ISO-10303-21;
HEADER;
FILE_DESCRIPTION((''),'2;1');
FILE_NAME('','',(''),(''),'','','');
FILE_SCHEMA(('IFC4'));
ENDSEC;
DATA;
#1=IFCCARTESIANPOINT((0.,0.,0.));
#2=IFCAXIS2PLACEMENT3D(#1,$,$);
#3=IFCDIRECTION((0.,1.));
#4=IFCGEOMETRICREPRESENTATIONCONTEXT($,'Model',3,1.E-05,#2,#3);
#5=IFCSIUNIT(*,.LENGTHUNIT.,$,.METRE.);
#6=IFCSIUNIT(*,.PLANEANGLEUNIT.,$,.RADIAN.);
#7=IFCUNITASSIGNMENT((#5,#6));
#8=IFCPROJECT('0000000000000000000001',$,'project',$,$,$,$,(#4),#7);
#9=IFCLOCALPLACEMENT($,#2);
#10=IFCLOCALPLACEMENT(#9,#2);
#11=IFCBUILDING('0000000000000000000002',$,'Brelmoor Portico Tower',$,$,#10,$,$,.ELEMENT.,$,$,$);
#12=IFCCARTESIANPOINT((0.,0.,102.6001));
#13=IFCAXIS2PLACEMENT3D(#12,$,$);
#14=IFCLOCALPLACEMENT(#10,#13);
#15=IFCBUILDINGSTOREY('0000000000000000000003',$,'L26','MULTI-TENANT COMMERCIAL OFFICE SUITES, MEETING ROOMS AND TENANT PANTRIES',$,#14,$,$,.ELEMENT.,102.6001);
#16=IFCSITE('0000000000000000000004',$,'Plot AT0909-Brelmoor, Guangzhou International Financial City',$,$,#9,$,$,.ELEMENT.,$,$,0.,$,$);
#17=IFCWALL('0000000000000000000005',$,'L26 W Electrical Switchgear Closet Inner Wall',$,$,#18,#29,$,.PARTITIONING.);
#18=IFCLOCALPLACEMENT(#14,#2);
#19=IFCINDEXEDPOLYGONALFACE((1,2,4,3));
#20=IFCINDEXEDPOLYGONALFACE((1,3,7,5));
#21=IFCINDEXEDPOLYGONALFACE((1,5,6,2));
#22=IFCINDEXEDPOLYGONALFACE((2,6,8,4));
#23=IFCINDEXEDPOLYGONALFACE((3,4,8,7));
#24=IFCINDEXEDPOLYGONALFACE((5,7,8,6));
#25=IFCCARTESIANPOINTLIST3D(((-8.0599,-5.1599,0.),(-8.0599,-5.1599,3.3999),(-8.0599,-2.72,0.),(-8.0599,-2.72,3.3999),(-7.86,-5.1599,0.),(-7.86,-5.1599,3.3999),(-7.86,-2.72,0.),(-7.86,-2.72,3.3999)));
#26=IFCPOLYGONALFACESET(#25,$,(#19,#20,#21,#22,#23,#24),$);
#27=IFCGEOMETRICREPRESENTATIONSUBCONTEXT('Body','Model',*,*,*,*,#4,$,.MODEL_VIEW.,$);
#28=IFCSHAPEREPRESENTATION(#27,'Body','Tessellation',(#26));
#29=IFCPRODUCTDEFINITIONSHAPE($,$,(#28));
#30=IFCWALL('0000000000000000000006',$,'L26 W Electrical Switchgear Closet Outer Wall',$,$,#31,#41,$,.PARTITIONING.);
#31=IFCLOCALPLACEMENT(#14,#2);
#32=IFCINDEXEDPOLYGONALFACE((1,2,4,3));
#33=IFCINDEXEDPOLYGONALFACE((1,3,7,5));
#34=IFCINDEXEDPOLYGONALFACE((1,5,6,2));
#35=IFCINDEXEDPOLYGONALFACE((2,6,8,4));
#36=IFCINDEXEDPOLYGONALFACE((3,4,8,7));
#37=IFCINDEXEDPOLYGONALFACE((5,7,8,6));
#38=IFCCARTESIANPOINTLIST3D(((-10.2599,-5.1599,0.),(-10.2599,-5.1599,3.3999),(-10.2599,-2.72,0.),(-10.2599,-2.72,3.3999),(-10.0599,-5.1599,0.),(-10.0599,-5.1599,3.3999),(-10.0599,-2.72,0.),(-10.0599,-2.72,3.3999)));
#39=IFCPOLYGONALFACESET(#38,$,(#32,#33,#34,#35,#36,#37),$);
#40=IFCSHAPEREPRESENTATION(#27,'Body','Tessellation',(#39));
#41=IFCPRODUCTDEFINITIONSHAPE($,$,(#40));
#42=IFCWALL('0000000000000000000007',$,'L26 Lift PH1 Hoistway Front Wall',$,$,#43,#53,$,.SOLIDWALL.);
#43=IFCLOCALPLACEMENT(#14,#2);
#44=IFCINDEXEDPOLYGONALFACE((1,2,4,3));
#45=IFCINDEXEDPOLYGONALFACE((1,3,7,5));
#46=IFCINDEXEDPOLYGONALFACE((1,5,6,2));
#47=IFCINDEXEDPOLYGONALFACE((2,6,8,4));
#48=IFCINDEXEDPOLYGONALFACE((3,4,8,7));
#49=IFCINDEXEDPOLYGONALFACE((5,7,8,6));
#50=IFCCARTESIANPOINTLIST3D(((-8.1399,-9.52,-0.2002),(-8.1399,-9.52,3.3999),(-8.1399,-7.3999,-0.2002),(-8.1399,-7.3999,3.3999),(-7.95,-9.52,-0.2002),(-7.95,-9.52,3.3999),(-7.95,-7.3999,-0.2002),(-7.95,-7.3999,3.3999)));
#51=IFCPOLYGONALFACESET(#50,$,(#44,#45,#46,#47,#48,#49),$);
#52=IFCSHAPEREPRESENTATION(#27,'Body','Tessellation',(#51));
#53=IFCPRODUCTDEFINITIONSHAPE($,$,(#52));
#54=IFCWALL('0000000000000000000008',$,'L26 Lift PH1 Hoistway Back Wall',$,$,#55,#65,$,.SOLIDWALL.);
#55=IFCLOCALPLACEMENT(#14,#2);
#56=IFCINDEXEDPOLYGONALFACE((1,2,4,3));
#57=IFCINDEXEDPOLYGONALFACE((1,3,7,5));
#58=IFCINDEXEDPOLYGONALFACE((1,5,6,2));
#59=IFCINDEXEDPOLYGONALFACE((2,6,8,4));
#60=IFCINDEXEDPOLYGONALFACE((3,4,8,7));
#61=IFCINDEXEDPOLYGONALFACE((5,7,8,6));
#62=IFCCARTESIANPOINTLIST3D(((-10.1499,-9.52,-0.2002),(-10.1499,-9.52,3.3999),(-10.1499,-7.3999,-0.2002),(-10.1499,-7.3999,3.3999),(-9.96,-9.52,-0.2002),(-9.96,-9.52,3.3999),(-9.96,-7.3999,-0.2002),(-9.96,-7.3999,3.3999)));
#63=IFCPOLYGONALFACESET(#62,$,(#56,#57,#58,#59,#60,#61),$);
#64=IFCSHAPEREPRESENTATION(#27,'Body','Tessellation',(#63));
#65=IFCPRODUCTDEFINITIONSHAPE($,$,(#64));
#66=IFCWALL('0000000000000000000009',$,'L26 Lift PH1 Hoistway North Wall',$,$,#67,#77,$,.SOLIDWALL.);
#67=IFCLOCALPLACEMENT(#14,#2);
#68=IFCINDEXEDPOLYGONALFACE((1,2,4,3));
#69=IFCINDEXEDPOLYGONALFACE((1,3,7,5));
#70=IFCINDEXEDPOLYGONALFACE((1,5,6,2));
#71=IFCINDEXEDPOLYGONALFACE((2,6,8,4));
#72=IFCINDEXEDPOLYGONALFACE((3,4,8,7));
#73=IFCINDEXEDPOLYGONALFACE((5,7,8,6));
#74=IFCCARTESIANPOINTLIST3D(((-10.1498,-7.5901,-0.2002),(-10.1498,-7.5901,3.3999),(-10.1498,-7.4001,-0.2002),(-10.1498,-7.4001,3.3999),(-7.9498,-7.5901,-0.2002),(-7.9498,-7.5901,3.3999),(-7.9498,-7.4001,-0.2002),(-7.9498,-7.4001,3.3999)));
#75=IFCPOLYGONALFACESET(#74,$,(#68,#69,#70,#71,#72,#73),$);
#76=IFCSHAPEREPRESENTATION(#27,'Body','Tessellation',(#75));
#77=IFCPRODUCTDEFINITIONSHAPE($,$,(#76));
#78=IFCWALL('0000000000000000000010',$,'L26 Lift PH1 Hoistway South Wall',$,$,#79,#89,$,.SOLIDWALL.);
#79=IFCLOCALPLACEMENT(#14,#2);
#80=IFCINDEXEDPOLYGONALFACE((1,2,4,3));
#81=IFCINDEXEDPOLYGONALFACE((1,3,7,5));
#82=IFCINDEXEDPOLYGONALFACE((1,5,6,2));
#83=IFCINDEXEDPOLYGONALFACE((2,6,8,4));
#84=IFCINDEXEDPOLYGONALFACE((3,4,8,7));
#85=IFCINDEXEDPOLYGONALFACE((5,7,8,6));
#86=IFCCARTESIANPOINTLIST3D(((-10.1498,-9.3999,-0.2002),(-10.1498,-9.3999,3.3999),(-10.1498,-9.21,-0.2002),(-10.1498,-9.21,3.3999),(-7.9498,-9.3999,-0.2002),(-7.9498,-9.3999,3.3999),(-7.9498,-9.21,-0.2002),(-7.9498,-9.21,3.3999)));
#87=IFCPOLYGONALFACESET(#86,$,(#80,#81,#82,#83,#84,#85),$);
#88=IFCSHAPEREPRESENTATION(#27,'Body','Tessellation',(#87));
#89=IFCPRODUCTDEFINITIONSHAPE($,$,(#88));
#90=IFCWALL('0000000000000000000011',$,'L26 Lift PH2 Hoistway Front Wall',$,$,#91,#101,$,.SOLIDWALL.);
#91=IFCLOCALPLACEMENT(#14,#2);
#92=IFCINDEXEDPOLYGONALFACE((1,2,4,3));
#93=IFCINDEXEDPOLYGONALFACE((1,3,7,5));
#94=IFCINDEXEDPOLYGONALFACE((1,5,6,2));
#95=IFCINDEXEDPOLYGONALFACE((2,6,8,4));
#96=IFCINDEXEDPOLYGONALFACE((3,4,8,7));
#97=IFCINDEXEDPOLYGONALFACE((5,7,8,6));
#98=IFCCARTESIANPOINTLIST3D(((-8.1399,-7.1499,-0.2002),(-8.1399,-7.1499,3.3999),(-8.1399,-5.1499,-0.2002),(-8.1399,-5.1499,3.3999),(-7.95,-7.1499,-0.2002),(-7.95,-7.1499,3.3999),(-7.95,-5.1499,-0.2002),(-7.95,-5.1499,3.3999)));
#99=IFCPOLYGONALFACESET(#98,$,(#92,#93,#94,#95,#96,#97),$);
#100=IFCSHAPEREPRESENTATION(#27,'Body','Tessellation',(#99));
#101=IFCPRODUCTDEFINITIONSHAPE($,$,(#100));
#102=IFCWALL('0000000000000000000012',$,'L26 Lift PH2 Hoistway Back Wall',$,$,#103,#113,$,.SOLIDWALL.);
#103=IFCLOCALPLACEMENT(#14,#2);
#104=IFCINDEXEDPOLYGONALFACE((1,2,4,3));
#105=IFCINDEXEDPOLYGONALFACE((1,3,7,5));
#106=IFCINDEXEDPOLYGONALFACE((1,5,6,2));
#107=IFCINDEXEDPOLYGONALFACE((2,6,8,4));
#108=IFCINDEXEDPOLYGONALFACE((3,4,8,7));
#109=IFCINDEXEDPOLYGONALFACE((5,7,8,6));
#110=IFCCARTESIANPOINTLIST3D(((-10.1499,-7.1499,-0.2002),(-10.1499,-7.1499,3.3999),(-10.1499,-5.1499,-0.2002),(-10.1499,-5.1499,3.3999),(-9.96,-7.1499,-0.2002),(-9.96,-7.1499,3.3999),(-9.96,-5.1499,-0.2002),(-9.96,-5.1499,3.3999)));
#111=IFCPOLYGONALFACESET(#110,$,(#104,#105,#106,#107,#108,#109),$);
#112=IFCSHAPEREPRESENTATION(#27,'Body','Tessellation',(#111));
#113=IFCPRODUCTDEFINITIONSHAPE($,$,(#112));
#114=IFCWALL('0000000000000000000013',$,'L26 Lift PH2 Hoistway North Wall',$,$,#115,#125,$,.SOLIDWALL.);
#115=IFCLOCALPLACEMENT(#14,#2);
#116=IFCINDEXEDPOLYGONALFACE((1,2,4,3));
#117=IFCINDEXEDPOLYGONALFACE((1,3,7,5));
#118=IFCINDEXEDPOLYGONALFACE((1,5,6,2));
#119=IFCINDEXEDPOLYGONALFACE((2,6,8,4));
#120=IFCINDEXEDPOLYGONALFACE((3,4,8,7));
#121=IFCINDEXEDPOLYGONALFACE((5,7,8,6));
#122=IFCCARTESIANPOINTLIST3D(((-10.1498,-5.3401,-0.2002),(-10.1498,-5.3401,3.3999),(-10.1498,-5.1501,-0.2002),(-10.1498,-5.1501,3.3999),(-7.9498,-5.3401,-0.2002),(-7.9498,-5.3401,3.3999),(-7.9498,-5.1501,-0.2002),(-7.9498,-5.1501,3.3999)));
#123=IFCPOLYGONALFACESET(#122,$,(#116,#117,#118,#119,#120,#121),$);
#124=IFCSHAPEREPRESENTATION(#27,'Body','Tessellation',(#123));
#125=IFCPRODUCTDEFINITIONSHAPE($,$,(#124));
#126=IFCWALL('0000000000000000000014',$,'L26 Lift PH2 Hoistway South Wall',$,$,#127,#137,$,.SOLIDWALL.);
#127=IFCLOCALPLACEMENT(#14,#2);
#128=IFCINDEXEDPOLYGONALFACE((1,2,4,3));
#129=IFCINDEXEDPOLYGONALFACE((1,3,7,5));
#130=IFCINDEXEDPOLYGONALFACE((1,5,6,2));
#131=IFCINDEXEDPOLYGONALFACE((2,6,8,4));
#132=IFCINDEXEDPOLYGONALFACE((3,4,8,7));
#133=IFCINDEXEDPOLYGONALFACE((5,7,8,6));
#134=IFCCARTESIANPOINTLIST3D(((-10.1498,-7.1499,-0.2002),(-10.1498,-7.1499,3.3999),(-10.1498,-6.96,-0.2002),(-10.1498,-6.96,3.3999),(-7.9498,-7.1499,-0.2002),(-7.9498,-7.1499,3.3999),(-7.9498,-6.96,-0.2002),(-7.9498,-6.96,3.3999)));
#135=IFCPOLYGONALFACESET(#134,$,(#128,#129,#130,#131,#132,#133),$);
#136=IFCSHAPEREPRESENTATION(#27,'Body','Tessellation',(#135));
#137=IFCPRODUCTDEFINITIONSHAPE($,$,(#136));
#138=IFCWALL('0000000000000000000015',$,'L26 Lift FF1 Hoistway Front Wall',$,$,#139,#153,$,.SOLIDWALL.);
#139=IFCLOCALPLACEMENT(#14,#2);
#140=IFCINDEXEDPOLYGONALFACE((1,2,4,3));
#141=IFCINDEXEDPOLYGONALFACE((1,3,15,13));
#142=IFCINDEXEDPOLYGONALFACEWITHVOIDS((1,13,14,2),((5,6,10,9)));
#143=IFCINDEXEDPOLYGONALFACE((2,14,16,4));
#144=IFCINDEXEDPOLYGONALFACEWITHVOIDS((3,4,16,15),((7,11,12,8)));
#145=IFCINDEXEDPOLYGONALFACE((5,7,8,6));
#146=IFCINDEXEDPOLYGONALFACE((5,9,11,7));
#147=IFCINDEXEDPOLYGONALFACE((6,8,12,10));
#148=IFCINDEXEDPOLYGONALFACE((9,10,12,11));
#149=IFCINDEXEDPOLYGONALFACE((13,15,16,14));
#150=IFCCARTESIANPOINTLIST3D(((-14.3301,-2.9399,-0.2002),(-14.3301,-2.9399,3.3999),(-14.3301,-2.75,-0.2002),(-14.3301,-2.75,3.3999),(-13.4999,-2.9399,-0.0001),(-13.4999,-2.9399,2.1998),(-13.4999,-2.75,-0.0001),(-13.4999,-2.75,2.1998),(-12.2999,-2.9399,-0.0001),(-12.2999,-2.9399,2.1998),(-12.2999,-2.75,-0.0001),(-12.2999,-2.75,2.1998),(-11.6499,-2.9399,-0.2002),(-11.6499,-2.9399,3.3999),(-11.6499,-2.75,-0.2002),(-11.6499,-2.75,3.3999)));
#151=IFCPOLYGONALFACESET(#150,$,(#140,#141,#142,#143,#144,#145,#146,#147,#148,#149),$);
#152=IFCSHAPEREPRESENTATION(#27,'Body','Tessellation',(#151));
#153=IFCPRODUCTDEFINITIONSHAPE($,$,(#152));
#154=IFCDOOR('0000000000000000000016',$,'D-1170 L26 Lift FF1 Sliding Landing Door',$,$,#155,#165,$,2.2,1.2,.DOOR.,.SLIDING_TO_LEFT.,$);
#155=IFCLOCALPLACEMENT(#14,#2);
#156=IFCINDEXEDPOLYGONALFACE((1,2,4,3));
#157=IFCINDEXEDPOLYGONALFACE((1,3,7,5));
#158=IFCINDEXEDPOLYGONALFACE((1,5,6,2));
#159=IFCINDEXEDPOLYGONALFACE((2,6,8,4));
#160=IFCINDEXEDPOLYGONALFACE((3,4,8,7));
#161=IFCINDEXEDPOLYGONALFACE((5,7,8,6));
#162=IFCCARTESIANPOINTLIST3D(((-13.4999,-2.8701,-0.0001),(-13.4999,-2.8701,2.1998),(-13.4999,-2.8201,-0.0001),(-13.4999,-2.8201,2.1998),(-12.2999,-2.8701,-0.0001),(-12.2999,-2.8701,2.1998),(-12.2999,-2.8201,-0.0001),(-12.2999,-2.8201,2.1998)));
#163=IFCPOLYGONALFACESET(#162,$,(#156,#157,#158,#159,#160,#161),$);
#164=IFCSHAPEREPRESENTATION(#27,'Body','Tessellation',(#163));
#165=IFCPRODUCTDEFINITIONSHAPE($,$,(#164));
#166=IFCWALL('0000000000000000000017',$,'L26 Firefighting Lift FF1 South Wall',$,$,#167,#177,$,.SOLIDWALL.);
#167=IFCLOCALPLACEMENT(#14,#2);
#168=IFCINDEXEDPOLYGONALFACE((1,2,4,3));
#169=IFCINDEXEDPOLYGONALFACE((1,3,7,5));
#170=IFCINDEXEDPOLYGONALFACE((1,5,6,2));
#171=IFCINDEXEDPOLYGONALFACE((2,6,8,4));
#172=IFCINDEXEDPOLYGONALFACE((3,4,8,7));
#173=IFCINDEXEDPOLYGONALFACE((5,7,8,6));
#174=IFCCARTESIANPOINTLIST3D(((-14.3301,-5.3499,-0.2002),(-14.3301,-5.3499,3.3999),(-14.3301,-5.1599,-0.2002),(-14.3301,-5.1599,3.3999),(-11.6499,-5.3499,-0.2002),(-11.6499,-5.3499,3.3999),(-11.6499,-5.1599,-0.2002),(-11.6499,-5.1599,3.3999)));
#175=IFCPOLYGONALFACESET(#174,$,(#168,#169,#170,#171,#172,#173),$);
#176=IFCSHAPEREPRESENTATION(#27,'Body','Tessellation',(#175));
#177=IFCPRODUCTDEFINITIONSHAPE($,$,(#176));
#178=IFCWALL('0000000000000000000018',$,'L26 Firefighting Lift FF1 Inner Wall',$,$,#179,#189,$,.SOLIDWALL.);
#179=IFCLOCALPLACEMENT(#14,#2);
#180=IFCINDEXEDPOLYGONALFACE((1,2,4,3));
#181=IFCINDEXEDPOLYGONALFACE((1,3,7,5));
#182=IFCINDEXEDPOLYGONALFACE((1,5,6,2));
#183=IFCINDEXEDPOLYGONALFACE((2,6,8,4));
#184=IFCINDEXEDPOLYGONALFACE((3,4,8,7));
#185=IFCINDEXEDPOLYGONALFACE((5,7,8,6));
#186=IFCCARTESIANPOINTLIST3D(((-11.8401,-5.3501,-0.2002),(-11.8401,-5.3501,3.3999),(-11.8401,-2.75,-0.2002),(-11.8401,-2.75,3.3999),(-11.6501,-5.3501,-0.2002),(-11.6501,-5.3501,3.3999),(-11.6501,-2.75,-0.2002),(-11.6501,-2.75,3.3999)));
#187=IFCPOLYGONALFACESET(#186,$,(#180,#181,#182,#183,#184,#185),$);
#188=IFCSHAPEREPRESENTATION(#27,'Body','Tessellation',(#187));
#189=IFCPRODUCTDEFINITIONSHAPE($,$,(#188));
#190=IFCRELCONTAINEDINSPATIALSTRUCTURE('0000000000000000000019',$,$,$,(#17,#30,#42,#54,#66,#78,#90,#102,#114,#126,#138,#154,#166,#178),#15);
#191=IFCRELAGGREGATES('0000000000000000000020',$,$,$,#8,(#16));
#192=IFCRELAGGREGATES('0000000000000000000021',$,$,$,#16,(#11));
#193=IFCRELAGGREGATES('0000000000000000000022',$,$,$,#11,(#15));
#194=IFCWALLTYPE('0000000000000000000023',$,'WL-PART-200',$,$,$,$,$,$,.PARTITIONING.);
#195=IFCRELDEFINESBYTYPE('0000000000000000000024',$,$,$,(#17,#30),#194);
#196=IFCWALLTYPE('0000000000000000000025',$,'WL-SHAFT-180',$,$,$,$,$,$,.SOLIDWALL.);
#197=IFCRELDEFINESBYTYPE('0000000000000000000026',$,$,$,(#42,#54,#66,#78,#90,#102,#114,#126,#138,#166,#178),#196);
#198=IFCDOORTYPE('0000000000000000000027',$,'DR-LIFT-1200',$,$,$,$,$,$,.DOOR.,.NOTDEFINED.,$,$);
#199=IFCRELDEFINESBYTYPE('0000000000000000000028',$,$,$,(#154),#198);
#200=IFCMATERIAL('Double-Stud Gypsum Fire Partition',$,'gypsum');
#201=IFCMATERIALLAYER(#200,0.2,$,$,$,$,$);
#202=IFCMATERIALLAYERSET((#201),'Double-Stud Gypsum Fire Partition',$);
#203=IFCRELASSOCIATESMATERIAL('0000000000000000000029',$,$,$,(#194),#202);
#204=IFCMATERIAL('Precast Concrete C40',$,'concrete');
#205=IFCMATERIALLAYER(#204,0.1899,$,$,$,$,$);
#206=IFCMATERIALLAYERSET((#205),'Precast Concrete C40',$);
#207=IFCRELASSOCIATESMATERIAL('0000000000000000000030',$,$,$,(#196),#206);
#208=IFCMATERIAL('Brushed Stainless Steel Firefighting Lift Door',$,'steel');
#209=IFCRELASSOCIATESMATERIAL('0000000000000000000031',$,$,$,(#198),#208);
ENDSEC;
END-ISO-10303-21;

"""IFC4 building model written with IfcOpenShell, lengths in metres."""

from ifc_helpers import new_model, si_unit, direction, frame, frame_2d, origin, place, context, subcontext, project, spatial, rectangle, extrude, material, layer, layer_set, type_object, element, fill, save


model = new_model("IFC4")

# Units and contexts
model_context = context("Model", 3, precision=1e-05, world=origin(), true_north=direction((0.0, 1.0)))
body_context = subcontext(model_context, "Body", "Model", "MODEL_VIEW")
ifc_project = project(units=[si_unit("LENGTHUNIT", "METRE"), si_unit("PLANEANGLEUNIT", "RADIAN")], contexts=[model_context])

# Site, building, storey
site_placement = place(None, origin())
site = spatial("IfcSite", under=ifc_project, at=site_placement, Name="Plot AT0909-Brelmoor, Guangzhou International Financial City", CompositionType="ELEMENT", RefElevation=0.0)
building_placement = place(site_placement, origin())
building = spatial("IfcBuilding", under=site, at=building_placement, Name="Brelmoor Portico Tower", CompositionType="ELEMENT")
storey_placement = place(building_placement, frame((0.0, 0.0, 102.6001)))
storey = spatial("IfcBuildingStorey", under=building, at=storey_placement, Name="L26", Description="MULTI-TENANT COMMERCIAL OFFICE SUITES, MEETING ROOMS AND TENANT PANTRIES", CompositionType="ELEMENT", Elevation=102.6001)

# Shared definitions
ifc_material_1 = material(Name="Double-Stud Gypsum Fire Partition", Category="gypsum")
ifc_layer_1 = layer(ifc_material_1, 0.2)
ifc_layer_set_1 = layer_set([ifc_layer_1], Name="Double-Stud Gypsum Fire Partition")
wall_type_1 = type_object("IfcWallType", Name="WL-PART-200", PredefinedType="PARTITIONING", material=ifc_layer_set_1)

# Walls
for number, where, z_axis, x_axis, name in (
    (1, (-7.96, -5.1599, 0.0), (0.0, 0.0, 1.0), (0.0, 1.0, 0.0), "L26 W Electrical Switchgear Closet Inner Wall"),
    (2, (-10.1599, -5.1599, 0.0), (0.0, 0.0, 1.0), (0.0, 1.0, 0.0), "L26 W Electrical Switchgear Closet Outer Wall"),
):
    element("IfcWall", number, at=place(storey_placement, frame(where, z_axis=z_axis, x_axis=x_axis)), inside=storey, type_object=wall_type_1, Name=name, PredefinedType="PARTITIONING", context=body_context, shape_type="SweptSolid", body=[
        extrude(rectangle(XDim=2.4399, YDim=0.2, at=frame_2d((1.22, 0.0))), origin(), (0.0, 0.0, 1.0), 3.3999),
    ])
ifc_material_2 = material(Name="Precast Concrete C40", Category="concrete")
ifc_layer_2 = layer(ifc_material_2, 0.1899)
ifc_layer_set_2 = layer_set([ifc_layer_2], Name="Precast Concrete C40")
wall_type_2 = type_object("IfcWallType", Name="WL-SHAFT-180", PredefinedType="SOLIDWALL", material=ifc_layer_set_2)
for number, where, z_axis, x_axis, name in (
    (3, (-8.0449, -9.52, -0.2002), (0.0, 0.0, 1.0), (0.0, 1.0, 0.0), "L26 Lift PH1 Hoistway Front Wall"),
    (4, (-10.0549, -9.52, -0.2002), (0.0, 0.0, 1.0), (0.0, 1.0, 0.0), "L26 Lift PH1 Hoistway Back Wall"),
):
    element("IfcWall", number, at=place(storey_placement, frame(where, z_axis=z_axis, x_axis=x_axis)), inside=storey, type_object=wall_type_2, Name=name, PredefinedType="SOLIDWALL", context=body_context, shape_type="SweptSolid", body=[
        extrude(rectangle(XDim=2.1201, YDim=0.1899, at=frame_2d((1.0601, 0.0))), origin(), (0.0, 0.0, 1.0), 3.6001),
    ])
for number, where, z_axis, x_axis, name in (
    (5, (-10.1499, -7.4951, -0.2002), (0.0, 0.0, 1.0), (1.0, 0.0, 0.0), "L26 Lift PH1 Hoistway North Wall"),
    (6, (-10.1499, -9.3049, -0.2002), (0.0, 0.0, 1.0), (1.0, 0.0, 0.0), "L26 Lift PH1 Hoistway South Wall"),
):
    element("IfcWall", number, at=place(storey_placement, frame(where, z_axis=z_axis, x_axis=x_axis)), inside=storey, type_object=wall_type_2, Name=name, PredefinedType="SOLIDWALL", context=body_context, shape_type="SweptSolid", body=[
        extrude(rectangle(XDim=2.2, YDim=0.1899, at=frame_2d((1.1001, 0.0))), origin(), (0.0, 0.0, 1.0), 3.6001),
    ])
for number, where, z_axis, x_axis, name in (
    (7, (-8.0449, -7.1499, -0.2002), (0.0, 0.0, 1.0), (0.0, 1.0, 0.0), "L26 Lift PH2 Hoistway Front Wall"),
    (8, (-10.0549, -7.1499, -0.2002), (0.0, 0.0, 1.0), (0.0, 1.0, 0.0), "L26 Lift PH2 Hoistway Back Wall"),
):
    element("IfcWall", number, at=place(storey_placement, frame(where, z_axis=z_axis, x_axis=x_axis)), inside=storey, type_object=wall_type_2, Name=name, PredefinedType="SOLIDWALL", context=body_context, shape_type="SweptSolid", body=[
        extrude(rectangle(XDim=2.0, YDim=0.1899, at=frame_2d((1.0, 0.0))), origin(), (0.0, 0.0, 1.0), 3.6001),
    ])
for number, where, z_axis, x_axis, name in (
    (9, (-10.1499, -5.2451, -0.2002), (0.0, 0.0, 1.0), (1.0, 0.0, 0.0), "L26 Lift PH2 Hoistway North Wall"),
    (10, (-10.1499, -7.0549, -0.2002), (0.0, 0.0, 1.0), (1.0, 0.0, 0.0), "L26 Lift PH2 Hoistway South Wall"),
):
    element("IfcWall", number, at=place(storey_placement, frame(where, z_axis=z_axis, x_axis=x_axis)), inside=storey, type_object=wall_type_2, Name=name, PredefinedType="SOLIDWALL", context=body_context, shape_type="SweptSolid", body=[
        extrude(rectangle(XDim=2.2, YDim=0.1899, at=frame_2d((1.1001, 0.0))), origin(), (0.0, 0.0, 1.0), 3.6001),
    ])

# Wall, opening, door
wall_1_placement = place(storey_placement, frame((-14.3301, -2.845, -0.2002), z_axis=(0.0, 0.0, 1.0), x_axis=(1.0, 0.0, 0.0)))
wall_1 = element("IfcWall", 11, at=wall_1_placement, inside=storey, type_object=wall_type_2, Name="L26 Lift FF1 Hoistway Front Wall", PredefinedType="SOLIDWALL", context=body_context, shape_type="SweptSolid", body=[
    extrude(rectangle(XDim=2.6802, YDim=0.1899, at=frame_2d((1.3401, 0.0))), origin(), (0.0, 0.0, 1.0), 3.6001),
])
opening_1_placement = place(wall_1_placement, frame((0.8301, 0.0, 0.2)))
opening_1 = element("IfcOpeningElement", 12, at=opening_1_placement, cuts=wall_1, PredefinedType="OPENING", context=body_context, shape_type="SweptSolid", body=[
    extrude(rectangle(XDim=1.2, YDim=2.2, at=frame_2d((0.6001, 1.1001))), frame((0.0, 0.105, 0.0), z_axis=(0.0, -1.0, 0.0), x_axis=(1.0, 0.0, 0.0)), (0.0, 0.0, 1.0), 0.21),
])
ifc_material_3 = material(Name="Brushed Stainless Steel Firefighting Lift Door", Category="steel")
door_type_1 = type_object("IfcDoorType", Name="DR-LIFT-1200", OperationType="NOTDEFINED", PredefinedType="DOOR", material=ifc_material_3)
door_1_placement = place(opening_1_placement, origin())
door_1 = element("IfcDoor", 13, at=door_1_placement, inside=storey, type_object=door_type_1, Name="D-1170 L26 Lift FF1 Sliding Landing Door", OperationType="SLIDING_TO_LEFT", OverallHeight=2.2, OverallWidth=1.2, PredefinedType="DOOR", context=body_context, shape_type="SweptSolid", body=[
    extrude(rectangle(XDim=1.2, YDim=2.2, at=frame_2d((0.6001, 1.1001))), frame((0.0, 0.0249, 0.0), z_axis=(0.0, -1.0, 0.0), x_axis=(1.0, 0.0, 0.0)), (0.0, 0.0, 1.0), 0.05),
])
fill(opening_1, door_1)

# Walls
wall_2_placement = place(storey_placement, frame((-14.3301, -5.2549, -0.2002), z_axis=(0.0, 0.0, 1.0), x_axis=(1.0, 0.0, 0.0)))
element("IfcWall", 14, at=wall_2_placement, inside=storey, type_object=wall_type_2, Name="L26 Firefighting Lift FF1 South Wall", PredefinedType="SOLIDWALL", context=body_context, shape_type="SweptSolid", body=[
    extrude(rectangle(XDim=2.6802, YDim=0.1899, at=frame_2d((1.3401, 0.0))), origin(), (0.0, 0.0, 1.0), 3.6001),
])
wall_3_placement = place(storey_placement, frame((-11.7451, -5.3501, -0.2002), z_axis=(0.0, 0.0, 1.0), x_axis=(0.0, 1.0, 0.0)))
element("IfcWall", 15, at=wall_3_placement, inside=storey, type_object=wall_type_2, Name="L26 Firefighting Lift FF1 Inner Wall", PredefinedType="SOLIDWALL", context=body_context, shape_type="SweptSolid", body=[
    extrude(rectangle(XDim=2.6001, YDim=0.1899, at=frame_2d((1.3, 0.0))), origin(), (0.0, 0.0, 1.0), 3.6001),
])

save(model, "model.ifc")
